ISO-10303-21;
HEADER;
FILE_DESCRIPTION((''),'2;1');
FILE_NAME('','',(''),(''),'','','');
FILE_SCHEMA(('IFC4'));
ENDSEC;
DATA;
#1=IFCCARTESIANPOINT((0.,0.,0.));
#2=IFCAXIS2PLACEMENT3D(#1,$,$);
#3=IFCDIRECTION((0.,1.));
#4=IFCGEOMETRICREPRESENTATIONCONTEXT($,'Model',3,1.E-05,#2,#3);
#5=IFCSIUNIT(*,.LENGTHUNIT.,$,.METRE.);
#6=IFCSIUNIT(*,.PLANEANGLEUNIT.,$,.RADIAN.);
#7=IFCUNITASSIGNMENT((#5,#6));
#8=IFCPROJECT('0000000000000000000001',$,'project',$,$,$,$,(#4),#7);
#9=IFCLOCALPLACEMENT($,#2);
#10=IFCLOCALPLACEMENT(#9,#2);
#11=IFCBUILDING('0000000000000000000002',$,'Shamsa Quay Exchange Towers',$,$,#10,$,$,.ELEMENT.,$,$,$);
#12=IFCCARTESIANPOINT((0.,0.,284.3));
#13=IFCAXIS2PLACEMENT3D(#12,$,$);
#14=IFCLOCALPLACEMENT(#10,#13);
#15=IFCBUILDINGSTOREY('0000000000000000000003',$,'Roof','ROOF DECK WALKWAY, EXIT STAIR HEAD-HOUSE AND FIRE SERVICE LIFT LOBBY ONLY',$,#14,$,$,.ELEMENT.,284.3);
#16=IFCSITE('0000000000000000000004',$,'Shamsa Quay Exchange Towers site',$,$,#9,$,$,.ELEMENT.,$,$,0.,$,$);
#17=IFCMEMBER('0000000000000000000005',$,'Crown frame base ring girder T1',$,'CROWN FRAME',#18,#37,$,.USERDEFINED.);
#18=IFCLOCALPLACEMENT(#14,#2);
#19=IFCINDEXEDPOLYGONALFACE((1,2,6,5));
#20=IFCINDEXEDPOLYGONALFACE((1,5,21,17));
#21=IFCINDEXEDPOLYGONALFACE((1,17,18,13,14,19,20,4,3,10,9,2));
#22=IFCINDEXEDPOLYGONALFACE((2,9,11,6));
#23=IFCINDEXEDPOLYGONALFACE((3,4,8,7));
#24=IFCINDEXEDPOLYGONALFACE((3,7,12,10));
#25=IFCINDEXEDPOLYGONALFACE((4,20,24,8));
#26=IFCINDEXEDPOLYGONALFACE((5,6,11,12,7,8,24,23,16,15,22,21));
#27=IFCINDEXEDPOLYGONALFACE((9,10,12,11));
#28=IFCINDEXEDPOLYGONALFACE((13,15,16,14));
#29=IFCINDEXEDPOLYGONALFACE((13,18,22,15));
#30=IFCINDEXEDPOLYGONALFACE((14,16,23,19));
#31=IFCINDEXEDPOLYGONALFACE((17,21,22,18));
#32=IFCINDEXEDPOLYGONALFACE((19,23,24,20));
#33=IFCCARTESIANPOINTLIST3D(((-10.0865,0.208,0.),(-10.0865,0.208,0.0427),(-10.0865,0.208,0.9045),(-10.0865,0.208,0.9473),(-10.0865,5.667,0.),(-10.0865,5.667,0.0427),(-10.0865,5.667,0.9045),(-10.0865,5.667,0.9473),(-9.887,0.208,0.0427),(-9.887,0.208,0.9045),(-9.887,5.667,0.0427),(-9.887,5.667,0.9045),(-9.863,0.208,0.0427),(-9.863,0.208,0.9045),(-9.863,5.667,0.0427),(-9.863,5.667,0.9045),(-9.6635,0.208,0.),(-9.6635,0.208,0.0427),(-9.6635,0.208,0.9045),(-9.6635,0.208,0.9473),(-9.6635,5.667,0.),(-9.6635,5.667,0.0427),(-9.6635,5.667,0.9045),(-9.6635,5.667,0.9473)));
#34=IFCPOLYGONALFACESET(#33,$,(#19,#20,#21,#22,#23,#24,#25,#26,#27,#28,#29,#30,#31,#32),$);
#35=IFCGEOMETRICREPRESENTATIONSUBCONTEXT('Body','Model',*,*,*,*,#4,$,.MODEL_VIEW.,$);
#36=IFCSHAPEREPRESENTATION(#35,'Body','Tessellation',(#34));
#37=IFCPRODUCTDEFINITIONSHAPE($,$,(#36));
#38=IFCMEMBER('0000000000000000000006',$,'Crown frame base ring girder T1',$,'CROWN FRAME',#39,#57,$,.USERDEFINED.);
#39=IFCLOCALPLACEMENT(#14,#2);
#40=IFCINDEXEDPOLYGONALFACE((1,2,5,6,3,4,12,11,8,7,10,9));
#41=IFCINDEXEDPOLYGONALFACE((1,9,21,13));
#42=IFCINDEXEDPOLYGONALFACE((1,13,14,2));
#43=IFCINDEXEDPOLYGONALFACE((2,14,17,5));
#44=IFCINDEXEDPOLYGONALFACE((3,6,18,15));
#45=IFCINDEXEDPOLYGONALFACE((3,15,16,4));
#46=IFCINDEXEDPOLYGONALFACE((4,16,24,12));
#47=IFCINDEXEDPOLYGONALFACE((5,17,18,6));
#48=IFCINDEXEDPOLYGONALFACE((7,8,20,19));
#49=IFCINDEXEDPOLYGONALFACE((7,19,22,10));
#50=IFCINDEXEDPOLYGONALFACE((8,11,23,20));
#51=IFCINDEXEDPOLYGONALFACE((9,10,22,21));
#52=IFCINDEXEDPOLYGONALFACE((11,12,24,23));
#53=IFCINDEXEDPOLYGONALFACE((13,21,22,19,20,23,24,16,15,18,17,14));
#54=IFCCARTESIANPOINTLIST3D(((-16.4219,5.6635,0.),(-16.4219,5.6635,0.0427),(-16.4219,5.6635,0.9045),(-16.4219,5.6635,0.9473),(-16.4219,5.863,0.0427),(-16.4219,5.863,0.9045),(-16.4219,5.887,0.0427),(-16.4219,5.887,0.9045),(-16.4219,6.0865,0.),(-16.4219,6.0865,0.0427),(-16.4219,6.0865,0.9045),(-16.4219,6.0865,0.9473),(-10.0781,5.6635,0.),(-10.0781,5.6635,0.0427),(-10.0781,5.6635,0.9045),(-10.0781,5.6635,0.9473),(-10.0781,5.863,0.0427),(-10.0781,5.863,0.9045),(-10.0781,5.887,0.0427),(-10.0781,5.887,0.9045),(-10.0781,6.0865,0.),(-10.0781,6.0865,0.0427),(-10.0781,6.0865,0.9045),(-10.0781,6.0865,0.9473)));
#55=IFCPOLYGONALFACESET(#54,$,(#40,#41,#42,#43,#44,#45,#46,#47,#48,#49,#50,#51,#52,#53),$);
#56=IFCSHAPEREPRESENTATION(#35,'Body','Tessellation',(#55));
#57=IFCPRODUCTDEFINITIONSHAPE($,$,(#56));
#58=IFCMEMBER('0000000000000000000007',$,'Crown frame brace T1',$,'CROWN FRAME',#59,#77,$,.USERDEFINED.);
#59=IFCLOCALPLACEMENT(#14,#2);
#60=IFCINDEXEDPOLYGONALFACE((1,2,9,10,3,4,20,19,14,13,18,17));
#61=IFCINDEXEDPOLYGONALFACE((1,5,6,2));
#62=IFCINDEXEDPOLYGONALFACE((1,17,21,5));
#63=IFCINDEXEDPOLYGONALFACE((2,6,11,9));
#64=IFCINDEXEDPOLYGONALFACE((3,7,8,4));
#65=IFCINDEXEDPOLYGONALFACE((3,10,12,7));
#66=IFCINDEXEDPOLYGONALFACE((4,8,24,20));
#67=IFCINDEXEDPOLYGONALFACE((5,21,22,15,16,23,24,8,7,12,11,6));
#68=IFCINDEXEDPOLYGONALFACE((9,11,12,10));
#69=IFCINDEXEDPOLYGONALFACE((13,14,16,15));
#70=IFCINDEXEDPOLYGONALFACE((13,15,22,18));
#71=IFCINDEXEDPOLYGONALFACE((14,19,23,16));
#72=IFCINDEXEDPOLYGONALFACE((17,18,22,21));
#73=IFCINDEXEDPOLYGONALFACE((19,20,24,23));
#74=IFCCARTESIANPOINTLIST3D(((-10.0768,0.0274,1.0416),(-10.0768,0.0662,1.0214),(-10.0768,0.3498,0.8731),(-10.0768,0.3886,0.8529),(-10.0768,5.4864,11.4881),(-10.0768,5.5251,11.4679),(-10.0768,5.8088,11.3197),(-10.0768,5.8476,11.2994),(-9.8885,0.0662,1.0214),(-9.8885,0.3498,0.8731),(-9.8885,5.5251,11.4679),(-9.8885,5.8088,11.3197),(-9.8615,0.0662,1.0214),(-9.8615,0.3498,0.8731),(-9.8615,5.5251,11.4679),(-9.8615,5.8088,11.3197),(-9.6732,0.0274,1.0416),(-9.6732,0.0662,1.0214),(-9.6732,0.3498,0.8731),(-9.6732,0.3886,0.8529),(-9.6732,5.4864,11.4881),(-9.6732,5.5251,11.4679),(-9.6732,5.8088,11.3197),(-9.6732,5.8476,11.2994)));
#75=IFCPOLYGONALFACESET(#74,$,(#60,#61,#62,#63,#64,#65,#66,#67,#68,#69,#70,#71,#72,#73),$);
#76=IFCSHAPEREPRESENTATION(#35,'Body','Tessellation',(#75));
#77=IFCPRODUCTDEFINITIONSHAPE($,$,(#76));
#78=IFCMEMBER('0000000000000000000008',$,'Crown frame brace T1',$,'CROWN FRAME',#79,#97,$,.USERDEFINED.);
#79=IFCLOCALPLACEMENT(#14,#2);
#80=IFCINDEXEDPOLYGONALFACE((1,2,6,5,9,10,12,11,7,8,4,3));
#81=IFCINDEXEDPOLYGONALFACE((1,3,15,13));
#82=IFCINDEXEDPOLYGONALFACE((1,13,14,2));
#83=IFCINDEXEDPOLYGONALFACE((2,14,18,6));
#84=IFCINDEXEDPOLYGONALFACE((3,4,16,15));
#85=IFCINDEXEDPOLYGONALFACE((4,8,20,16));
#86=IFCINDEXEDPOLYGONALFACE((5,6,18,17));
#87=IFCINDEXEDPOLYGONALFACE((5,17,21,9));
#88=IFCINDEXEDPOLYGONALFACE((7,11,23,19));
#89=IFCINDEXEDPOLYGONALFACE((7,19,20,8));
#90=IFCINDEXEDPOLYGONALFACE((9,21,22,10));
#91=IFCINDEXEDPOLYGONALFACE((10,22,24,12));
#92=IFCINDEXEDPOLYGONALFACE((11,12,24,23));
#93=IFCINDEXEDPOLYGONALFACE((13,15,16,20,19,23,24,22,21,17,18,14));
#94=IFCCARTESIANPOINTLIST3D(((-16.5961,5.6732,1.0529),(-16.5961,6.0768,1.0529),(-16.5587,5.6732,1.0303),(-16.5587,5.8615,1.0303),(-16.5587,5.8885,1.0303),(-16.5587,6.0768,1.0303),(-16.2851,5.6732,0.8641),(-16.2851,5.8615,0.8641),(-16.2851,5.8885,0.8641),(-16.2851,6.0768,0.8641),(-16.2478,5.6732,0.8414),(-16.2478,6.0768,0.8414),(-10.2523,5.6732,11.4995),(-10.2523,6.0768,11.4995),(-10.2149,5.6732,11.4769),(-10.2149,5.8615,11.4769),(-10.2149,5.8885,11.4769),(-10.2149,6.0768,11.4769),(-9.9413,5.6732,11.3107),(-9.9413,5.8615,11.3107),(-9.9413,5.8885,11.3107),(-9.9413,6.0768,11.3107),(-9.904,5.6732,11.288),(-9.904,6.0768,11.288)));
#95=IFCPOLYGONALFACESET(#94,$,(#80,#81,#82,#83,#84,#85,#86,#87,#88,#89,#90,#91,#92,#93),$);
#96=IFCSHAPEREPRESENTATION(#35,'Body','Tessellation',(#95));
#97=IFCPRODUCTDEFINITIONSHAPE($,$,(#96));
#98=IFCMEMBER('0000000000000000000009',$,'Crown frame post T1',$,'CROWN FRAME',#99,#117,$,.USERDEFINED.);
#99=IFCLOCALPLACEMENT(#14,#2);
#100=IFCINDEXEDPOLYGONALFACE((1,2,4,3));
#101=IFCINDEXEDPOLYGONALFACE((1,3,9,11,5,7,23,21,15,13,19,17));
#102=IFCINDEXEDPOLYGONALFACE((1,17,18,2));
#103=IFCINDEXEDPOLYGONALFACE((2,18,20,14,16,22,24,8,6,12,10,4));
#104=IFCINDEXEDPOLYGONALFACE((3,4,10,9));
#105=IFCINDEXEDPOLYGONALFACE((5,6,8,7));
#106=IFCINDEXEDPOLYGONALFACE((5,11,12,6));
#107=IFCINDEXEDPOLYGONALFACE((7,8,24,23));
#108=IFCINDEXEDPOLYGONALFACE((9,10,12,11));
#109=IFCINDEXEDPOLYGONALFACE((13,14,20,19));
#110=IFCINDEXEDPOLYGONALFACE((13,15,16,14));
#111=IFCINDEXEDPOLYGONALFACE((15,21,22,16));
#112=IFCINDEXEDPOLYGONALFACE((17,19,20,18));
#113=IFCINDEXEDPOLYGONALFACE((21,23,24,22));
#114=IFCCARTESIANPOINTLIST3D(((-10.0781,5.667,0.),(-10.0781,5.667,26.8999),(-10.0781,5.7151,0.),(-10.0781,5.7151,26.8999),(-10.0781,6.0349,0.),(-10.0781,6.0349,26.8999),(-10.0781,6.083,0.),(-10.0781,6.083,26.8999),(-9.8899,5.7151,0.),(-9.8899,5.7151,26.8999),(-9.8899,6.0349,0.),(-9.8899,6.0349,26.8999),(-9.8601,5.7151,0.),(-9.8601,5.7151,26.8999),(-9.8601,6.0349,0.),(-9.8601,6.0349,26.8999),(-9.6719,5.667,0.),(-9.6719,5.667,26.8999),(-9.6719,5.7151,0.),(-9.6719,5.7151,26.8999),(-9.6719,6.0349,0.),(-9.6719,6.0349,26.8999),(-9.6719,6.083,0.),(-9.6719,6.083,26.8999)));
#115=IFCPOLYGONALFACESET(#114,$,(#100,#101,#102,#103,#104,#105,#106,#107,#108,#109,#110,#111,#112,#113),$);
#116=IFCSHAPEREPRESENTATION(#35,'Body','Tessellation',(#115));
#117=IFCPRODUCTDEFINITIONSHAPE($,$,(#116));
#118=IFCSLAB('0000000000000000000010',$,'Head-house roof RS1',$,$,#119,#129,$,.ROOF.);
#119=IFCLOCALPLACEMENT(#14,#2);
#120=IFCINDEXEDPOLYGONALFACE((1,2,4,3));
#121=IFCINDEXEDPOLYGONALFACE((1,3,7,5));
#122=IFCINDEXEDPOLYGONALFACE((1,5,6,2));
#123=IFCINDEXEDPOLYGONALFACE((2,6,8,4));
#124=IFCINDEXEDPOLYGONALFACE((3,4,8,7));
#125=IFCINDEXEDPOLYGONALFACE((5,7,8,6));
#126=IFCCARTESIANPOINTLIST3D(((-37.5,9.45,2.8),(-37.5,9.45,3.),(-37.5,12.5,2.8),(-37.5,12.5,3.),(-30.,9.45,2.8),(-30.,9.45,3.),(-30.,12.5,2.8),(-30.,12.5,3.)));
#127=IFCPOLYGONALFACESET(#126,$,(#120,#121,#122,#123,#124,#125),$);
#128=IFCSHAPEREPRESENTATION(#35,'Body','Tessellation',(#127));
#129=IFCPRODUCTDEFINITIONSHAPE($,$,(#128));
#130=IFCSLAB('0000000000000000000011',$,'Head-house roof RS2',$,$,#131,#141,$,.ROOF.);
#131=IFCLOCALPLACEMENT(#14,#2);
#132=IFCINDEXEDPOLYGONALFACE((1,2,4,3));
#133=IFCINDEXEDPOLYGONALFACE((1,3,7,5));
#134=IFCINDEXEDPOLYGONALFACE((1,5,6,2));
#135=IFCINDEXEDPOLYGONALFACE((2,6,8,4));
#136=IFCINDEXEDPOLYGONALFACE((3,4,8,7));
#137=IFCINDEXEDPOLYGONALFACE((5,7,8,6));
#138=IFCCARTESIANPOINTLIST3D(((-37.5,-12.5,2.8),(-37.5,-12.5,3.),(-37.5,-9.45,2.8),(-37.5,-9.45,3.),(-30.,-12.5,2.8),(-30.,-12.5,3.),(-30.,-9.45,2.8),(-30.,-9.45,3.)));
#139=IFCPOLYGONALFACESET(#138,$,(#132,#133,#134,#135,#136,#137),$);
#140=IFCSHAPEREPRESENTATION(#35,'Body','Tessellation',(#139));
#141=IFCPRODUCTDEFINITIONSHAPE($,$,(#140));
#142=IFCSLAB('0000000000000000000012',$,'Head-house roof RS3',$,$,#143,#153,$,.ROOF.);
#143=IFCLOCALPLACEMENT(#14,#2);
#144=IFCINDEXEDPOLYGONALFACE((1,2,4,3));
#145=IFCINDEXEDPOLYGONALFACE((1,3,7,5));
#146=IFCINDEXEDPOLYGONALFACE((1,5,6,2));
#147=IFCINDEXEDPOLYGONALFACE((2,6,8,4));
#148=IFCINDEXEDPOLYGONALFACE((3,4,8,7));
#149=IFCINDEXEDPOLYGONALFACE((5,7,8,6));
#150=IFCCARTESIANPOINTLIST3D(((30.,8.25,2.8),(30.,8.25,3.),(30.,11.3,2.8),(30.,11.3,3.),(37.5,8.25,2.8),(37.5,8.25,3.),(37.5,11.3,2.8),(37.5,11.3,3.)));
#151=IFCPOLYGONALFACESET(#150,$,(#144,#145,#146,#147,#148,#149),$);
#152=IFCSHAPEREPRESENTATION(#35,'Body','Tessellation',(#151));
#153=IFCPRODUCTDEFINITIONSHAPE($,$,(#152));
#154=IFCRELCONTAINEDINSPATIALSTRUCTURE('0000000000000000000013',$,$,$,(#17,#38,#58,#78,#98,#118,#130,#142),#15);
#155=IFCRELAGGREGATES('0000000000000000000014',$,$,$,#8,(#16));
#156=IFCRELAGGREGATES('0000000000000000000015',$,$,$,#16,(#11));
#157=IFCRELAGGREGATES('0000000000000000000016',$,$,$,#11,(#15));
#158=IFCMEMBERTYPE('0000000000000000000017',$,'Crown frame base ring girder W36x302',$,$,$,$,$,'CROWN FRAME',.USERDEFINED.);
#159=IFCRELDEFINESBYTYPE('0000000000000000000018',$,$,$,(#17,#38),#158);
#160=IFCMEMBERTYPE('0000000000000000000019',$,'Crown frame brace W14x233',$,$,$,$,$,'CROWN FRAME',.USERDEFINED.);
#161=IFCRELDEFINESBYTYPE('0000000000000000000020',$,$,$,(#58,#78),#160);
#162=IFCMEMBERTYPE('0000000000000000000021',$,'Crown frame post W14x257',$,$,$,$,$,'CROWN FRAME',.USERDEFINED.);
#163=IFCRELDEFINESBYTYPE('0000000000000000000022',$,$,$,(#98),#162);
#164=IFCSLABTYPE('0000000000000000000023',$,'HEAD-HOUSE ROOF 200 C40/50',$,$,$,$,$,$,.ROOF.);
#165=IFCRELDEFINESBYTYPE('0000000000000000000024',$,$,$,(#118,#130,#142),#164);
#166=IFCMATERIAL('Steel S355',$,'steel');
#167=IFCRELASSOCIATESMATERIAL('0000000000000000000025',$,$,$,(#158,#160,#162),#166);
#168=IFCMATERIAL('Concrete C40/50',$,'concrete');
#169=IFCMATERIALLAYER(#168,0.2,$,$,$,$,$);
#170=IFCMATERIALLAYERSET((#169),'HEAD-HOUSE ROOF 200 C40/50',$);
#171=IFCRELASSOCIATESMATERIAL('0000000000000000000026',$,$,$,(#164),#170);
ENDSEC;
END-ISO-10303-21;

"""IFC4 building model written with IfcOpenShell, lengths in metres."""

from ifc_helpers import new_model, si_unit, direction, frame, origin, origin_2d, place, context, subcontext, project, spatial, polyline, i_section, outline, extrude, material, layer, layer_set, material_profile, profile_set, type_object, element, save


model = new_model("IFC4")

# Units and contexts
model_context = context("Model", 3, precision=1e-05, world=origin(), true_north=direction((0.0, 1.0)))
body_context = subcontext(model_context, "Body", "Model", "MODEL_VIEW")
ifc_project = project(units=[si_unit("LENGTHUNIT", "METRE"), si_unit("PLANEANGLEUNIT", "RADIAN")], contexts=[model_context])

# Site, building, storey
site_placement = place(None, origin())
site = spatial("IfcSite", under=ifc_project, at=site_placement, Name="Shamsa Quay Exchange Towers site", CompositionType="ELEMENT", RefElevation=0.0)
building_placement = place(site_placement, origin())
building = spatial("IfcBuilding", under=site, at=building_placement, Name="Shamsa Quay Exchange Towers", CompositionType="ELEMENT")
storey_placement = place(building_placement, frame((0.0, 0.0, 284.3)))
storey = spatial("IfcBuildingStorey", under=building, at=storey_placement, Name="Roof", Description="ROOF DECK WALKWAY, EXIT STAIR HEAD-HOUSE AND FIRE SERVICE LIFT LOBBY ONLY", CompositionType="ELEMENT", Elevation=284.3)

# Members
ifc_material_1 = material(Name="Steel S355", Category="steel")
ifc_material_profile_1 = material_profile(ifc_material_1, i_section(OverallWidth=0.4231, OverallDepth=0.9473, WebThickness=0.0239, FlangeThickness=0.0427, at=origin_2d()), Name="W36x302")
ifc_profile_set_1 = profile_set([ifc_material_profile_1], Name="Steel S355")
member_type_1 = type_object("IfcMemberType", Name="Crown frame base ring girder W36x302", ElementType="CROWN FRAME", PredefinedType="USERDEFINED", material=ifc_profile_set_1)
member_1_placement = place(storey_placement, frame((-9.875, 0.208, 0.4736), z_axis=(0.0, 1.0, 0.0), x_axis=(-1.0, 0.0, 0.0)))
element("IfcMember", 1, at=member_1_placement, inside=storey, type_object=member_type_1, Name="Crown frame base ring girder T1", ObjectType="CROWN FRAME", PredefinedType="USERDEFINED", context=body_context, shape_type="SweptSolid", body=[
    extrude(i_section(OverallWidth=0.4231, OverallDepth=0.9473, WebThickness=0.0239, FlangeThickness=0.0427, at=origin_2d()), origin(), (0.0, 0.0, 1.0), 5.459),
])
member_2_placement = place(storey_placement, frame((-10.0781, 5.875, 0.4736), z_axis=(-1.0, 0.0, 0.0), x_axis=(0.0, -1.0, 0.0)))
element("IfcMember", 2, at=member_2_placement, inside=storey, type_object=member_type_1, Name="Crown frame base ring girder T1", ObjectType="CROWN FRAME", PredefinedType="USERDEFINED", context=body_context, shape_type="SweptSolid", body=[
    extrude(i_section(OverallWidth=0.4231, OverallDepth=0.9473, WebThickness=0.0239, FlangeThickness=0.0427, at=origin_2d()), origin(), (0.0, 0.0, 1.0), 6.3438),
])
ifc_material_profile_2 = material_profile(ifc_material_1, i_section(OverallWidth=0.4036, OverallDepth=0.4075, WebThickness=0.0271, FlangeThickness=0.0437, at=origin_2d()), Name="W14x233")
ifc_profile_set_2 = profile_set([ifc_material_profile_2], Name="Steel S355")
member_type_2 = type_object("IfcMemberType", Name="Crown frame brace W14x233", ElementType="CROWN FRAME", PredefinedType="USERDEFINED", material=ifc_profile_set_2)
member_3_placement = place(storey_placement, frame((-9.875, 0.208, 0.9473), z_axis=(0.0, 0.463141, 0.886285), x_axis=(-1.0, 0.0, 0.0)))
element("IfcMember", 3, at=member_3_placement, inside=storey, type_object=member_type_2, Name="Crown frame brace T1", ObjectType="CROWN FRAME", PredefinedType="USERDEFINED", context=body_context, shape_type="SweptSolid", body=[
    extrude(i_section(OverallWidth=0.4036, OverallDepth=0.4075, WebThickness=0.0271, FlangeThickness=0.0437, at=origin_2d()), origin(), (0.0, 0.0, 1.0), 11.7869),
])
member_4_placement = place(storey_placement, frame((-10.0781, 5.875, 11.3938), z_axis=(-0.519051, 0.0, -0.854744), x_axis=(0.0, -1.0, 0.0)))
element("IfcMember", 4, at=member_4_placement, inside=storey, type_object=member_type_2, Name="Crown frame brace T1", ObjectType="CROWN FRAME", PredefinedType="USERDEFINED", context=body_context, shape_type="SweptSolid", body=[
    extrude(i_section(OverallWidth=0.4036, OverallDepth=0.4075, WebThickness=0.0271, FlangeThickness=0.0437, at=origin_2d()), origin(), (0.0, 0.0, 1.0), 12.2219),
])
ifc_material_profile_3 = material_profile(ifc_material_1, i_section(OverallWidth=0.4062, OverallDepth=0.416, WebThickness=0.0298, FlangeThickness=0.0481, at=origin_2d()), Name="W14x257")
ifc_profile_set_3 = profile_set([ifc_material_profile_3], Name="Steel S355")
member_type_3 = type_object("IfcMemberType", Name="Crown frame post W14x257", ElementType="CROWN FRAME", PredefinedType="USERDEFINED", material=ifc_profile_set_3)
member_5_placement = place(storey_placement, frame((-9.875, 5.875, 0.0)))
element("IfcMember", 5, at=member_5_placement, inside=storey, type_object=member_type_3, Name="Crown frame post T1", ObjectType="CROWN FRAME", PredefinedType="USERDEFINED", context=body_context, shape_type="SweptSolid", body=[
    extrude(i_section(OverallWidth=0.4062, OverallDepth=0.416, WebThickness=0.0298, FlangeThickness=0.0481, at=origin_2d()), origin(), (0.0, 0.0, 1.0), 26.8999),
])

# Slabs
ifc_material_2 = material(Name="Concrete C40/50", Category="concrete")
ifc_layer_1 = layer(ifc_material_2, 0.2)
ifc_layer_set_1 = layer_set([ifc_layer_1], Name="HEAD-HOUSE ROOF 200 C40/50")
slab_type_1 = type_object("IfcSlabType", Name="HEAD-HOUSE ROOF 200 C40/50", PredefinedType="ROOF", material=ifc_layer_set_1)
slab_1_placement = place(storey_placement, frame((0.0, 0.0, 2.8)))
element("IfcSlab", 6, at=slab_1_placement, inside=storey, type_object=slab_type_1, Name="Head-house roof RS1", PredefinedType="ROOF", context=body_context, shape_type="SweptSolid", body=[
    extrude(outline(polyline([(-37.5, 9.45), (-30.0, 9.45), (-30.0, 12.5), (-37.5, 12.5), (-37.5, 9.45)])), origin(), (0.0, 0.0, 1.0), 0.2),
])
slab_2_placement = place(storey_placement, frame((0.0, 0.0, 2.8)))
element("IfcSlab", 7, at=slab_2_placement, inside=storey, type_object=slab_type_1, Name="Head-house roof RS2", PredefinedType="ROOF", context=body_context, shape_type="SweptSolid", body=[
    extrude(outline(polyline([(-37.5, -12.5), (-30.0, -12.5), (-30.0, -9.45), (-37.5, -9.45), (-37.5, -12.5)])), origin(), (0.0, 0.0, 1.0), 0.2),
])
slab_3_placement = place(storey_placement, frame((0.0, 0.0, 2.8)))
element("IfcSlab", 8, at=slab_3_placement, inside=storey, type_object=slab_type_1, Name="Head-house roof RS3", PredefinedType="ROOF", context=body_context, shape_type="SweptSolid", body=[
    extrude(outline(polyline([(30.0, 8.25), (37.5, 8.25), (37.5, 11.3), (30.0, 11.3), (30.0, 8.25)])), origin(), (0.0, 0.0, 1.0), 0.2),
])

save(model, "model.ifc")
